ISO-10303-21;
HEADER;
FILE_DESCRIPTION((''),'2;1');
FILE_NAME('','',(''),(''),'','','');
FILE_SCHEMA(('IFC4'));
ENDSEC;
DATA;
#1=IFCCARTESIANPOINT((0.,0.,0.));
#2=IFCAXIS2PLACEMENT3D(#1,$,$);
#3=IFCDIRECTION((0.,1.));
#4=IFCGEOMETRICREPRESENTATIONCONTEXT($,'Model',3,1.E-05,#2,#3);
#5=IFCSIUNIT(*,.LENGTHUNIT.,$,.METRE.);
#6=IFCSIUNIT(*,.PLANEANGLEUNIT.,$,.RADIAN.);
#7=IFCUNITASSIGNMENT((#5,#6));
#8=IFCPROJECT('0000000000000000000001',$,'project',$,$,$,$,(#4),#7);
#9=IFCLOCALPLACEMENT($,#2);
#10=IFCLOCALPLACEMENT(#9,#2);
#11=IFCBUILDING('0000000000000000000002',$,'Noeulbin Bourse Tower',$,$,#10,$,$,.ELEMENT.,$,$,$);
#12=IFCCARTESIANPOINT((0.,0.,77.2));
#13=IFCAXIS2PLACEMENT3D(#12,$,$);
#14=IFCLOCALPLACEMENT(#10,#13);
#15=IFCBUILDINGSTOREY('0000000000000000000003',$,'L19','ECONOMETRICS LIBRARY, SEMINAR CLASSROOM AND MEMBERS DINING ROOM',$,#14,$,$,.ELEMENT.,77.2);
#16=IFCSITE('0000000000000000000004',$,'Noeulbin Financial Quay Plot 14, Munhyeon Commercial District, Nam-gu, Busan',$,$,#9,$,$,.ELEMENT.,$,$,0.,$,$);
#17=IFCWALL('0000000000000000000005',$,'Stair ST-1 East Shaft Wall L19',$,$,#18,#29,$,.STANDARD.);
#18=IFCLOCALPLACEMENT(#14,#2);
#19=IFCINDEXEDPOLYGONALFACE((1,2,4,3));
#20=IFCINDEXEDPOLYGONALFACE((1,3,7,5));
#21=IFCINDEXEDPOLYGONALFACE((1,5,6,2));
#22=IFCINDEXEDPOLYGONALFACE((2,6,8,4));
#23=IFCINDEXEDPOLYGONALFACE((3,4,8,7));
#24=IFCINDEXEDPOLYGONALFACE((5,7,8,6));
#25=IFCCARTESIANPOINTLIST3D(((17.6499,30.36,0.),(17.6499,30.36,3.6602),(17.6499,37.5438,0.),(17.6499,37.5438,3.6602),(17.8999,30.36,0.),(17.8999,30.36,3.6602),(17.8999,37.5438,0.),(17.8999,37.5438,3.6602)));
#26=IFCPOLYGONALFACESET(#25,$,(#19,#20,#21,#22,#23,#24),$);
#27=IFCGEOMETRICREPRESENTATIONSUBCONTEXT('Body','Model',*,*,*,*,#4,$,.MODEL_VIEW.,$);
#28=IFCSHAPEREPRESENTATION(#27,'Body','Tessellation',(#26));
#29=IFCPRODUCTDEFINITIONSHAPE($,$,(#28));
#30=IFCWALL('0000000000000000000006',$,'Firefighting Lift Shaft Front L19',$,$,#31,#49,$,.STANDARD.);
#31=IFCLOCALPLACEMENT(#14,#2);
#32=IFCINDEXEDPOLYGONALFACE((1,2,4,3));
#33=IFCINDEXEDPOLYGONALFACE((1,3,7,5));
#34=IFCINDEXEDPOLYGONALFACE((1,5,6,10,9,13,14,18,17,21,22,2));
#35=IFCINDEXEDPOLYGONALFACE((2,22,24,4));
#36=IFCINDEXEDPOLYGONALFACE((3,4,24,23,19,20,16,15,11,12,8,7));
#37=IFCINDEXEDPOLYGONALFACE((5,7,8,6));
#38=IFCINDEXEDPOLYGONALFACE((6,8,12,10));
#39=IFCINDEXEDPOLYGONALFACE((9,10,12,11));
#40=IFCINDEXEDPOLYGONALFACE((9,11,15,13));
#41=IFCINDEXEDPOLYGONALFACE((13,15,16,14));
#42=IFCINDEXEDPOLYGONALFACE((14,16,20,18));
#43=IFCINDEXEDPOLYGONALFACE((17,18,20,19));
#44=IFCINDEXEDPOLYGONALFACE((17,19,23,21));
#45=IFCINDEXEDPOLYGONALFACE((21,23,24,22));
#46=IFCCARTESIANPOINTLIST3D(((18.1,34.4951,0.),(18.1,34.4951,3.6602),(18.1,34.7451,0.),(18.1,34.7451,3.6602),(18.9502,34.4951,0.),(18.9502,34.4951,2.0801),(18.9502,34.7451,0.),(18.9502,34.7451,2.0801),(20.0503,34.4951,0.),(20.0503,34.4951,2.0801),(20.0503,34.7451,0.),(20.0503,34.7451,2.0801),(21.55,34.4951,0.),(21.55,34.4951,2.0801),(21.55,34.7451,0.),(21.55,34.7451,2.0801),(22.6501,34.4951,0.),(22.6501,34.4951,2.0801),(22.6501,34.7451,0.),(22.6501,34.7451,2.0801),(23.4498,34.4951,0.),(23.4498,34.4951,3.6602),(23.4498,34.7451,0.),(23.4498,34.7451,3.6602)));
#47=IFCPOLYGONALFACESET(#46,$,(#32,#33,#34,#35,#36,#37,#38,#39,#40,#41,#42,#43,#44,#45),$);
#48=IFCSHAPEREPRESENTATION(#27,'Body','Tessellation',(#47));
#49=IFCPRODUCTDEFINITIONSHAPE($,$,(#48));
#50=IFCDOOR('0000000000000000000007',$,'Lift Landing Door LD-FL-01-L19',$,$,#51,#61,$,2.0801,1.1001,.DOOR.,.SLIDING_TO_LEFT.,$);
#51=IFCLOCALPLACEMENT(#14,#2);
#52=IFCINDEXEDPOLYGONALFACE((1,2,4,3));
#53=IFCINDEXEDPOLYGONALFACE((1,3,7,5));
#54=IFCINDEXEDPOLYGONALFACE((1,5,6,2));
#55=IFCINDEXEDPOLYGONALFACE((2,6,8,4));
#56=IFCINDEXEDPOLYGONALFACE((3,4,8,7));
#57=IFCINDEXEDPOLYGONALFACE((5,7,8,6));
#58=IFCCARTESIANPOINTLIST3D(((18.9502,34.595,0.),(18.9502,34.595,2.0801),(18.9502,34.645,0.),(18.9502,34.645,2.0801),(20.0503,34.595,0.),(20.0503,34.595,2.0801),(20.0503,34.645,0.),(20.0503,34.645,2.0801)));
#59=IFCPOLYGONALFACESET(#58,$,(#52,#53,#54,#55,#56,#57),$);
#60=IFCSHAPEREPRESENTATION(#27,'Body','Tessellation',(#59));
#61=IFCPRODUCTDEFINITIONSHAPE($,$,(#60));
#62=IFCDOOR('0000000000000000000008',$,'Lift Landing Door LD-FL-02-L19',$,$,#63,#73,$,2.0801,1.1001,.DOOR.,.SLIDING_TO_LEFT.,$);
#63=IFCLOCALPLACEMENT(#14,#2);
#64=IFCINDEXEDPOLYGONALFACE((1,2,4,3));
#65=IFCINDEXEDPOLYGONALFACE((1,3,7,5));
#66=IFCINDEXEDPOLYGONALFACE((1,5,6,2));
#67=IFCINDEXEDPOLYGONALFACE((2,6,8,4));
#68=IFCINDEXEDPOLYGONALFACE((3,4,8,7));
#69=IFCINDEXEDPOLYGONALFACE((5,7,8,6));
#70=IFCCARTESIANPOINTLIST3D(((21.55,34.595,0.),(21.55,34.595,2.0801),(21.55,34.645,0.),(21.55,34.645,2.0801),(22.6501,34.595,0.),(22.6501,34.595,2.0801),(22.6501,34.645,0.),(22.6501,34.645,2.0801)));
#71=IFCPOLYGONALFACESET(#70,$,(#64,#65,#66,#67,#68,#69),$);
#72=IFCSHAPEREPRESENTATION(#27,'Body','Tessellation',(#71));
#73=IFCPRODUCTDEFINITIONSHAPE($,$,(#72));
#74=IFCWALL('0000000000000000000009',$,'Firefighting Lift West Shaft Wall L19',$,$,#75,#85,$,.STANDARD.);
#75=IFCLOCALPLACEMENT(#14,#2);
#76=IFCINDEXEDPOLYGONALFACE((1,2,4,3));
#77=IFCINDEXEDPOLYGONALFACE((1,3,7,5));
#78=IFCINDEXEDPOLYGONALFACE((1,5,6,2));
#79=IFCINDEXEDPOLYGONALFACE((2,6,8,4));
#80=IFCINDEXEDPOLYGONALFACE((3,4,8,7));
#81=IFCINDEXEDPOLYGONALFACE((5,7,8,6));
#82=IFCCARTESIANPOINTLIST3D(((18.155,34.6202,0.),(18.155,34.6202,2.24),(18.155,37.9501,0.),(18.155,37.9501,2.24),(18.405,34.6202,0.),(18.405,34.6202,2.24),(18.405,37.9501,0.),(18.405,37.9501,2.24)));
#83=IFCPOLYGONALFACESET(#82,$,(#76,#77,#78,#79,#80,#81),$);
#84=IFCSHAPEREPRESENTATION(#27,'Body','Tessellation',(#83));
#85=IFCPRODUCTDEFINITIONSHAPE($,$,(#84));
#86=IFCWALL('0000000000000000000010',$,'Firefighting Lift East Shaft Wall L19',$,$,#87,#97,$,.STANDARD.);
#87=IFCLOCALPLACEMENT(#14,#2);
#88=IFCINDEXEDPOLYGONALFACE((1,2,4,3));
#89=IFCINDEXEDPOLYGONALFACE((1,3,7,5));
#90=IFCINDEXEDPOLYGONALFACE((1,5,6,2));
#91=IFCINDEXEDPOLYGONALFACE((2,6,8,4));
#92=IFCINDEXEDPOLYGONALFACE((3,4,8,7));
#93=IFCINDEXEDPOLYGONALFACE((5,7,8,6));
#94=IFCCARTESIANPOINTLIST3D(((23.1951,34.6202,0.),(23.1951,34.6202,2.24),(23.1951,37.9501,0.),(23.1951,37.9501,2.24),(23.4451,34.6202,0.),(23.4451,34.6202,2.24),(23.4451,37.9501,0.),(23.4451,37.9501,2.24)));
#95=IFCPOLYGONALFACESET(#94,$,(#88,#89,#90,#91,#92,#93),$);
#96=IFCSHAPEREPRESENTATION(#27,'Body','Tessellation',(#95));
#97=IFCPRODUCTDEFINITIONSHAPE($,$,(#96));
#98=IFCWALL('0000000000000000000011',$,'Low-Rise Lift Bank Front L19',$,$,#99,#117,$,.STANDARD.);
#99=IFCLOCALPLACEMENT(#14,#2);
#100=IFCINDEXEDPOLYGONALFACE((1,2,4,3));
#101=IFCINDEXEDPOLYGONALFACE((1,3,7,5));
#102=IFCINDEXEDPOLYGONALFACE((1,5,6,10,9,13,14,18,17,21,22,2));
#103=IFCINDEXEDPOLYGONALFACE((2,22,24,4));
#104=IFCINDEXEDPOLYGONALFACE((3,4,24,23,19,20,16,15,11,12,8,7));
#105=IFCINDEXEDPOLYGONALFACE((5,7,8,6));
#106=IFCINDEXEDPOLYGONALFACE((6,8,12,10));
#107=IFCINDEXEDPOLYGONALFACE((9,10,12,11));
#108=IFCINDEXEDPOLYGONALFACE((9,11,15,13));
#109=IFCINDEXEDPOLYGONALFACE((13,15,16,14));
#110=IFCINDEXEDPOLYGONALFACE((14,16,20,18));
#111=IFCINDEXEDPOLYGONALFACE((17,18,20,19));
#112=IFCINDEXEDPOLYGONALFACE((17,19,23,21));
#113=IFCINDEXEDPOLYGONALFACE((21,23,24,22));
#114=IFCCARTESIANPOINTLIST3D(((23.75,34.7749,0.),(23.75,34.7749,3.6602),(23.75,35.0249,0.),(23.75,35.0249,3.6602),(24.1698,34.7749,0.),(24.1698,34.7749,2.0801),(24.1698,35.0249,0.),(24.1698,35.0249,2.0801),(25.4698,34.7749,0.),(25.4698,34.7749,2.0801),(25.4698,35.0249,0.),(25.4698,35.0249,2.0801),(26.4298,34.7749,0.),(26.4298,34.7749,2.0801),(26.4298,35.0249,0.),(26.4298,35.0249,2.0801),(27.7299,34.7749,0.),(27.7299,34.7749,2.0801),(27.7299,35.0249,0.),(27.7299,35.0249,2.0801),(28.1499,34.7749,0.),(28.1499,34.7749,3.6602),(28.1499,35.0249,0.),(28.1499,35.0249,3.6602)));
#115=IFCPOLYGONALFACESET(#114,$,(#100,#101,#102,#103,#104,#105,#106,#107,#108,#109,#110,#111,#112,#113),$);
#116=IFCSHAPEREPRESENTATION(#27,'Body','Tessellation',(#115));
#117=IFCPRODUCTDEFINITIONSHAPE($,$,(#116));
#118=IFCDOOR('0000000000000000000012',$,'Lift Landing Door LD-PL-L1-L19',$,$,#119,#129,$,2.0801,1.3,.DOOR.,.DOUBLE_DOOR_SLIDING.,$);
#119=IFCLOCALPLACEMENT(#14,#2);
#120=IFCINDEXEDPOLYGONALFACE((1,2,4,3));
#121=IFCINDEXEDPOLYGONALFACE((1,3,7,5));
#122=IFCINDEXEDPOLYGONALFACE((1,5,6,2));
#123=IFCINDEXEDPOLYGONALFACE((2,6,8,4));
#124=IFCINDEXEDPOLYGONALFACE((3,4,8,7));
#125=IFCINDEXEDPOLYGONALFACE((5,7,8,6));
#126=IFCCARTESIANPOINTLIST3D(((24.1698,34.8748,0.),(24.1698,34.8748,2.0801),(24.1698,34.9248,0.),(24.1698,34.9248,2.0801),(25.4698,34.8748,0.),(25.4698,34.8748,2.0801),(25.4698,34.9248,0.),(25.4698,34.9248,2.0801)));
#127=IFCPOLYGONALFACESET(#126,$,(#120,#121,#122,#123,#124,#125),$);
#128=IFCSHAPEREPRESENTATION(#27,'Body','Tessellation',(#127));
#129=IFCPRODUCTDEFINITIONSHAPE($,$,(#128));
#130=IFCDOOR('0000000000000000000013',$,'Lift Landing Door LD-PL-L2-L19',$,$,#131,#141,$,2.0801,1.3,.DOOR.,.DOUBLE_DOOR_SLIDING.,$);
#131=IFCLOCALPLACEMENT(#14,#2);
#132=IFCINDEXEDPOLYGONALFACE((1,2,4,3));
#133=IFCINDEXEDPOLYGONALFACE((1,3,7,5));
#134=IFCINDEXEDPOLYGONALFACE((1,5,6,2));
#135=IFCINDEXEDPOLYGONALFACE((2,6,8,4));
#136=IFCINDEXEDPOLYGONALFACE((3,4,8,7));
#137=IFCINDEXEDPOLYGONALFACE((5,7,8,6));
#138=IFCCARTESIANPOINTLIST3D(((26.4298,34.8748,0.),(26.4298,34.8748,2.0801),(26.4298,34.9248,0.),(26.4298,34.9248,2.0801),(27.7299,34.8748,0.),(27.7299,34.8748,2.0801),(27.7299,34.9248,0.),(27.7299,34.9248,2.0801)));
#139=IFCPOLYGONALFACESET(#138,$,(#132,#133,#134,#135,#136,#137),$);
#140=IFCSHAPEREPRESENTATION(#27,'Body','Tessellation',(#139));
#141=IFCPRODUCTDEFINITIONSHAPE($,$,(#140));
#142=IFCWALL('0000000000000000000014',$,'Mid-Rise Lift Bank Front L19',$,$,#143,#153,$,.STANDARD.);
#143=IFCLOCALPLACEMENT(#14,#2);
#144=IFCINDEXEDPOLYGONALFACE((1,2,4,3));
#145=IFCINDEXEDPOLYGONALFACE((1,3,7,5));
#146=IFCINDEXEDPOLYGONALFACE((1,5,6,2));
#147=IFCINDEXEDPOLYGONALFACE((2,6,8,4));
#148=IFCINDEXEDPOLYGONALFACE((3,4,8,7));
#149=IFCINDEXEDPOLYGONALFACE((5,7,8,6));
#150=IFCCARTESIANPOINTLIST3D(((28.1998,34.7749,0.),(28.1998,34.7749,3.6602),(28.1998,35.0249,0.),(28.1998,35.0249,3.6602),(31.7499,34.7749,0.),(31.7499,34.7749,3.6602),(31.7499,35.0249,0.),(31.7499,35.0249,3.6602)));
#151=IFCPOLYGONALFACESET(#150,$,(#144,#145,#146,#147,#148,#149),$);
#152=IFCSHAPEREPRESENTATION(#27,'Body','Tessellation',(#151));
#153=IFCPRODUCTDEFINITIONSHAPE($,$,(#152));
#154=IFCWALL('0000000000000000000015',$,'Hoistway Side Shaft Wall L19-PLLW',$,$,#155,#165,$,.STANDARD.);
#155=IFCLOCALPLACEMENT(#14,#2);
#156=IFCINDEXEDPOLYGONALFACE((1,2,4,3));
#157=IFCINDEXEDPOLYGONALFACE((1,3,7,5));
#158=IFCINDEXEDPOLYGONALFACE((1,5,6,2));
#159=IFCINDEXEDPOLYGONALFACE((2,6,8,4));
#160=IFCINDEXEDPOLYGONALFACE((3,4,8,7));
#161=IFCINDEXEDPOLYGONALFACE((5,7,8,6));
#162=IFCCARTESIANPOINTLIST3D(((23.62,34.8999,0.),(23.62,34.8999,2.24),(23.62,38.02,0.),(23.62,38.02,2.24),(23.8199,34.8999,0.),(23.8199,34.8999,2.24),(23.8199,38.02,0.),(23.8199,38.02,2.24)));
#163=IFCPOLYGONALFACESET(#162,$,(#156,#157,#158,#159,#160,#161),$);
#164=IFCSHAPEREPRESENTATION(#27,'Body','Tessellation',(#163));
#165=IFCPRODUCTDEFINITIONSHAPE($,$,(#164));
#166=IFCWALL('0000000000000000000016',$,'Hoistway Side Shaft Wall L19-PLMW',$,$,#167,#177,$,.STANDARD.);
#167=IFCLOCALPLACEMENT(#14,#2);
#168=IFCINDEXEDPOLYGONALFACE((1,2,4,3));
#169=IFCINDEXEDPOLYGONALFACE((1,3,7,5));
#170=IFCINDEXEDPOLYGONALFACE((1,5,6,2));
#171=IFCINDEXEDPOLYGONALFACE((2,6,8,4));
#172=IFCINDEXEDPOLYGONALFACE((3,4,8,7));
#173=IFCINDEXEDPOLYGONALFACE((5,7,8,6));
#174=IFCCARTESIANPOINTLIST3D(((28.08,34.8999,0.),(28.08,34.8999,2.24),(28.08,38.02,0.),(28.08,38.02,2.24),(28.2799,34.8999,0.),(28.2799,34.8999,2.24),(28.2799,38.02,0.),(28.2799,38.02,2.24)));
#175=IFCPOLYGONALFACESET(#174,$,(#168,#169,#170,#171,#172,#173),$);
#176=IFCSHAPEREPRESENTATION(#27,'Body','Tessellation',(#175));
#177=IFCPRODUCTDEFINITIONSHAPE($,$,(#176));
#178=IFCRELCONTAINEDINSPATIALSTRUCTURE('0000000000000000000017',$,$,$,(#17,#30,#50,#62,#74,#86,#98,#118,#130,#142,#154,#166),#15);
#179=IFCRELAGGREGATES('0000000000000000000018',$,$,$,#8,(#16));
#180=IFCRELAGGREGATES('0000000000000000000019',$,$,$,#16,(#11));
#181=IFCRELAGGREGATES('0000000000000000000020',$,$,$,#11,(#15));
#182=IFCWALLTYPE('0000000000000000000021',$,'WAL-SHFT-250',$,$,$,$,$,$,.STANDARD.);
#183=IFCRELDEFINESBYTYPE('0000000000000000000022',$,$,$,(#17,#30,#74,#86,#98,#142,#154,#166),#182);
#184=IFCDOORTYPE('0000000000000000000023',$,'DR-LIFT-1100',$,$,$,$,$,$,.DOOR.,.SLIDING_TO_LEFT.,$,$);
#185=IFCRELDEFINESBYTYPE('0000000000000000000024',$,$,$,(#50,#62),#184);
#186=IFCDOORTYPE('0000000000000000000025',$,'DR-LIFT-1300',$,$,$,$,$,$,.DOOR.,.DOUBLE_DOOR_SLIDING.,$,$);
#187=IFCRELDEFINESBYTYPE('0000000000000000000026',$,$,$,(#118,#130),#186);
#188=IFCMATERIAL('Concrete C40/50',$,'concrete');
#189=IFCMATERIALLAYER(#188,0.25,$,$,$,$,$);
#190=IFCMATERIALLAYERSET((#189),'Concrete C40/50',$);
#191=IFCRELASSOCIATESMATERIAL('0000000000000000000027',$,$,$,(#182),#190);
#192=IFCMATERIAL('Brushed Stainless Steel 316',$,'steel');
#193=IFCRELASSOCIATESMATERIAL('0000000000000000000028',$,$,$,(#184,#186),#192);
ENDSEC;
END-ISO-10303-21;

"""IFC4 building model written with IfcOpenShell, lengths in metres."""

from ifc_helpers import new_model, si_unit, direction, frame, frame_2d, origin, place, context, subcontext, project, spatial, rectangle, extrude, material, layer, layer_set, type_object, element, fill, save


model = new_model("IFC4")

# Units and contexts
model_context = context("Model", 3, precision=1e-05, world=origin(), true_north=direction((0.0, 1.0)))
body_context = subcontext(model_context, "Body", "Model", "MODEL_VIEW")
ifc_project = project(units=[si_unit("LENGTHUNIT", "METRE"), si_unit("PLANEANGLEUNIT", "RADIAN")], contexts=[model_context])

# Site, building, storey
site_placement = place(None, origin())
site = spatial("IfcSite", under=ifc_project, at=site_placement, Name="Noeulbin Financial Quay Plot 14, Munhyeon Commercial District, Nam-gu, Busan", CompositionType="ELEMENT", RefElevation=0.0)
building_placement = place(site_placement, origin())
building = spatial("IfcBuilding", under=site, at=building_placement, Name="Noeulbin Bourse Tower", CompositionType="ELEMENT")
storey_placement = place(building_placement, frame((0.0, 0.0, 77.2)))
storey = spatial("IfcBuildingStorey", under=building, at=storey_placement, Name="L19", Description="ECONOMETRICS LIBRARY, SEMINAR CLASSROOM AND MEMBERS DINING ROOM", CompositionType="ELEMENT", Elevation=77.2)

# Wall
ifc_material_1 = material(Name="Concrete C40/50", Category="concrete")
ifc_layer_1 = layer(ifc_material_1, 0.25)
ifc_layer_set_1 = layer_set([ifc_layer_1], Name="Concrete C40/50")
wall_type_1 = type_object("IfcWallType", Name="WAL-SHFT-250", PredefinedType="STANDARD", material=ifc_layer_set_1)
wall_1_placement = place(storey_placement, frame((17.7749, 30.3601, 0.0), z_axis=(0.0, 0.0, 1.0), x_axis=(0.0, 1.0, 0.0)))
element("IfcWall", 1, at=wall_1_placement, inside=storey, type_object=wall_type_1, Name="Stair ST-1 East Shaft Wall L19", PredefinedType="STANDARD", context=body_context, shape_type="SweptSolid", body=[
    extrude(rectangle(XDim=7.1838, YDim=0.25, at=frame_2d((3.5918, 0.0))), origin(), (0.0, 0.0, 1.0), 3.6602),
])

# Wall, openings, doors
wall_2_placement = place(storey_placement, frame((18.1001, 34.6201, 0.0), z_axis=(0.0, 0.0, 1.0), x_axis=(1.0, 0.0, 0.0)))
wall_2 = element("IfcWall", 2, at=wall_2_placement, inside=storey, type_object=wall_type_1, Name="Firefighting Lift Shaft Front L19", PredefinedType="STANDARD", context=body_context, shape_type="SweptSolid", body=[
    extrude(rectangle(XDim=5.3499, YDim=0.25, at=frame_2d((2.6748, 0.0))), origin(), (0.0, 0.0, 1.0), 3.6602),
])
opening_1_placement = place(wall_2_placement, frame((0.8501, 0.0, 0.0)))
opening_1 = element("IfcOpeningElement", 3, at=opening_1_placement, cuts=wall_2, PredefinedType="OPENING", context=body_context, shape_type="SweptSolid", body=[
    extrude(rectangle(XDim=1.1001, YDim=2.0801, at=frame_2d((0.55, 1.04))), frame((0.0, 0.135, 0.0), z_axis=(0.0, -1.0, 0.0), x_axis=(1.0, 0.0, 0.0)), (0.0, 0.0, 1.0), 0.27),
])
opening_2_placement = place(wall_2_placement, frame((3.45, 0.0, 0.0)))
opening_2 = element("IfcOpeningElement", 4, at=opening_2_placement, cuts=wall_2, PredefinedType="OPENING", context=body_context, shape_type="SweptSolid", body=[
    extrude(rectangle(XDim=1.1001, YDim=2.0801, at=frame_2d((0.55, 1.04))), frame((0.0, 0.135, 0.0), z_axis=(0.0, -1.0, 0.0), x_axis=(1.0, 0.0, 0.0)), (0.0, 0.0, 1.0), 0.27),
])
ifc_material_2 = material(Name="Brushed Stainless Steel 316", Category="steel")
door_type_1 = type_object("IfcDoorType", Name="DR-LIFT-1100", OperationType="SLIDING_TO_LEFT", PredefinedType="DOOR", material=ifc_material_2)
door_1_placement = place(opening_1_placement, origin())
door_1 = element("IfcDoor", 5, at=door_1_placement, inside=storey, type_object=door_type_1, Name="Lift Landing Door LD-FL-01-L19", OperationType="SLIDING_TO_LEFT", OverallHeight=2.0801, OverallWidth=1.1001, PredefinedType="DOOR", context=body_context, shape_type="SweptSolid", body=[
    extrude(rectangle(XDim=1.1001, YDim=2.0801, at=frame_2d((0.55, 1.04))), frame((0.0, 0.0249, 0.0), z_axis=(0.0, -1.0, 0.0), x_axis=(1.0, 0.0, 0.0)), (0.0, 0.0, 1.0), 0.05),
])
fill(opening_1, door_1)
door_2_placement = place(opening_2_placement, origin())
door_2 = element("IfcDoor", 6, at=door_2_placement, inside=storey, type_object=door_type_1, Name="Lift Landing Door LD-FL-02-L19", OperationType="SLIDING_TO_LEFT", OverallHeight=2.0801, OverallWidth=1.1001, PredefinedType="DOOR", context=body_context, shape_type="SweptSolid", body=[
    extrude(rectangle(XDim=1.1001, YDim=2.0801, at=frame_2d((0.55, 1.04))), frame((0.0, 0.0249, 0.0), z_axis=(0.0, -1.0, 0.0), x_axis=(1.0, 0.0, 0.0)), (0.0, 0.0, 1.0), 0.05),
])
fill(opening_2, door_2)

# Walls
for number, where, z_axis, x_axis, name in (
    (7, (18.28, 34.6201, 0.0), (0.0, 0.0, 1.0), (0.0, 1.0, 0.0), "Firefighting Lift West Shaft Wall L19"),
    (8, (23.3201, 34.6201, 0.0), (0.0, 0.0, 1.0), (0.0, 1.0, 0.0), "Firefighting Lift East Shaft Wall L19"),
):
    element("IfcWall", number, at=place(storey_placement, frame(where, z_axis=z_axis, x_axis=x_axis)), inside=storey, type_object=wall_type_1, Name=name, PredefinedType="STANDARD", context=body_context, shape_type="SweptSolid", body=[
        extrude(rectangle(XDim=3.3298, YDim=0.25, at=frame_2d((1.665, 0.0))), origin(), (0.0, 0.0, 1.0), 2.24),
    ])

# Wall, openings, doors
wall_3_placement = place(storey_placement, frame((23.75, 34.8999, 0.0), z_axis=(0.0, 0.0, 1.0), x_axis=(1.0, 0.0, 0.0)))
wall_3 = element("IfcWall", 9, at=wall_3_placement, inside=storey, type_object=wall_type_1, Name="Low-Rise Lift Bank Front L19", PredefinedType="STANDARD", context=body_context, shape_type="SweptSolid", body=[
    extrude(rectangle(XDim=4.3999, YDim=0.25, at=frame_2d((2.2, 0.0))), origin(), (0.0, 0.0, 1.0), 3.6602),
])
opening_3_placement = place(wall_3_placement, frame((0.4199, 0.0, 0.0)))
opening_3 = element("IfcOpeningElement", 10, at=opening_3_placement, cuts=wall_3, PredefinedType="OPENING", context=body_context, shape_type="SweptSolid", body=[
    extrude(rectangle(XDim=1.3, YDim=2.0801, at=frame_2d((0.6499, 1.04))), frame((0.0, 0.135, 0.0), z_axis=(0.0, -1.0, 0.0), x_axis=(1.0, 0.0, 0.0)), (0.0, 0.0, 1.0), 0.27),
])
opening_4_placement = place(wall_3_placement, frame((2.6799, 0.0, 0.0)))
opening_4 = element("IfcOpeningElement", 11, at=opening_4_placement, cuts=wall_3, PredefinedType="OPENING", context=body_context, shape_type="SweptSolid", body=[
    extrude(rectangle(XDim=1.3, YDim=2.0801, at=frame_2d((0.6499, 1.04))), frame((0.0, 0.135, 0.0), z_axis=(0.0, -1.0, 0.0), x_axis=(1.0, 0.0, 0.0)), (0.0, 0.0, 1.0), 0.27),
])
door_type_2 = type_object("IfcDoorType", Name="DR-LIFT-1300", OperationType="DOUBLE_DOOR_SLIDING", PredefinedType="DOOR", material=ifc_material_2)
door_3_placement = place(opening_3_placement, origin())
door_3 = element("IfcDoor", 12, at=door_3_placement, inside=storey, type_object=door_type_2, Name="Lift Landing Door LD-PL-L1-L19", OperationType="DOUBLE_DOOR_SLIDING", OverallHeight=2.0801, OverallWidth=1.3, PredefinedType="DOOR", context=body_context, shape_type="SweptSolid", body=[
    extrude(rectangle(XDim=1.3, YDim=2.0801, at=frame_2d((0.6499, 1.04))), frame((0.0, 0.0249, 0.0), z_axis=(0.0, -1.0, 0.0), x_axis=(1.0, 0.0, 0.0)), (0.0, 0.0, 1.0), 0.05),
])
fill(opening_3, door_3)
door_4_placement = place(opening_4_placement, origin())
door_4 = element("IfcDoor", 13, at=door_4_placement, inside=storey, type_object=door_type_2, Name="Lift Landing Door LD-PL-L2-L19", OperationType="DOUBLE_DOOR_SLIDING", OverallHeight=2.0801, OverallWidth=1.3, PredefinedType="DOOR", context=body_context, shape_type="SweptSolid", body=[
    extrude(rectangle(XDim=1.3, YDim=2.0801, at=frame_2d((0.6499, 1.04))), frame((0.0, 0.0249, 0.0), z_axis=(0.0, -1.0, 0.0), x_axis=(1.0, 0.0, 0.0)), (0.0, 0.0, 1.0), 0.05),
])
fill(opening_4, door_4)

# Walls
wall_4_placement = place(storey_placement, frame((28.2, 34.8999, 0.0), z_axis=(0.0, 0.0, 1.0), x_axis=(1.0, 0.0, 0.0)))
element("IfcWall", 14, at=wall_4_placement, inside=storey, type_object=wall_type_1, Name="Mid-Rise Lift Bank Front L19", PredefinedType="STANDARD", context=body_context, shape_type="SweptSolid", body=[
    extrude(rectangle(XDim=3.55, YDim=0.25, at=frame_2d((1.7749, 0.0))), origin(), (0.0, 0.0, 1.0), 3.6602),
])
for number, where, z_axis, x_axis, name in (
    (15, (23.72, 34.8999, 0.0), (0.0, 0.0, 1.0), (0.0, 1.0, 0.0), "Hoistway Side Shaft Wall L19-PLLW"),
    (16, (28.1799, 34.8999, 0.0), (0.0, 0.0, 1.0), (0.0, 1.0, 0.0), "Hoistway Side Shaft Wall L19-PLMW"),
):
    element("IfcWall", number, at=place(storey_placement, frame(where, z_axis=z_axis, x_axis=x_axis)), inside=storey, type_object=wall_type_1, Name=name, PredefinedType="STANDARD", context=body_context, shape_type="SweptSolid", body=[
        extrude(rectangle(XDim=3.1201, YDim=0.2, at=frame_2d((1.5601, 0.0))), origin(), (0.0, 0.0, 1.0), 2.24),
    ])

save(model, "model.ifc")
